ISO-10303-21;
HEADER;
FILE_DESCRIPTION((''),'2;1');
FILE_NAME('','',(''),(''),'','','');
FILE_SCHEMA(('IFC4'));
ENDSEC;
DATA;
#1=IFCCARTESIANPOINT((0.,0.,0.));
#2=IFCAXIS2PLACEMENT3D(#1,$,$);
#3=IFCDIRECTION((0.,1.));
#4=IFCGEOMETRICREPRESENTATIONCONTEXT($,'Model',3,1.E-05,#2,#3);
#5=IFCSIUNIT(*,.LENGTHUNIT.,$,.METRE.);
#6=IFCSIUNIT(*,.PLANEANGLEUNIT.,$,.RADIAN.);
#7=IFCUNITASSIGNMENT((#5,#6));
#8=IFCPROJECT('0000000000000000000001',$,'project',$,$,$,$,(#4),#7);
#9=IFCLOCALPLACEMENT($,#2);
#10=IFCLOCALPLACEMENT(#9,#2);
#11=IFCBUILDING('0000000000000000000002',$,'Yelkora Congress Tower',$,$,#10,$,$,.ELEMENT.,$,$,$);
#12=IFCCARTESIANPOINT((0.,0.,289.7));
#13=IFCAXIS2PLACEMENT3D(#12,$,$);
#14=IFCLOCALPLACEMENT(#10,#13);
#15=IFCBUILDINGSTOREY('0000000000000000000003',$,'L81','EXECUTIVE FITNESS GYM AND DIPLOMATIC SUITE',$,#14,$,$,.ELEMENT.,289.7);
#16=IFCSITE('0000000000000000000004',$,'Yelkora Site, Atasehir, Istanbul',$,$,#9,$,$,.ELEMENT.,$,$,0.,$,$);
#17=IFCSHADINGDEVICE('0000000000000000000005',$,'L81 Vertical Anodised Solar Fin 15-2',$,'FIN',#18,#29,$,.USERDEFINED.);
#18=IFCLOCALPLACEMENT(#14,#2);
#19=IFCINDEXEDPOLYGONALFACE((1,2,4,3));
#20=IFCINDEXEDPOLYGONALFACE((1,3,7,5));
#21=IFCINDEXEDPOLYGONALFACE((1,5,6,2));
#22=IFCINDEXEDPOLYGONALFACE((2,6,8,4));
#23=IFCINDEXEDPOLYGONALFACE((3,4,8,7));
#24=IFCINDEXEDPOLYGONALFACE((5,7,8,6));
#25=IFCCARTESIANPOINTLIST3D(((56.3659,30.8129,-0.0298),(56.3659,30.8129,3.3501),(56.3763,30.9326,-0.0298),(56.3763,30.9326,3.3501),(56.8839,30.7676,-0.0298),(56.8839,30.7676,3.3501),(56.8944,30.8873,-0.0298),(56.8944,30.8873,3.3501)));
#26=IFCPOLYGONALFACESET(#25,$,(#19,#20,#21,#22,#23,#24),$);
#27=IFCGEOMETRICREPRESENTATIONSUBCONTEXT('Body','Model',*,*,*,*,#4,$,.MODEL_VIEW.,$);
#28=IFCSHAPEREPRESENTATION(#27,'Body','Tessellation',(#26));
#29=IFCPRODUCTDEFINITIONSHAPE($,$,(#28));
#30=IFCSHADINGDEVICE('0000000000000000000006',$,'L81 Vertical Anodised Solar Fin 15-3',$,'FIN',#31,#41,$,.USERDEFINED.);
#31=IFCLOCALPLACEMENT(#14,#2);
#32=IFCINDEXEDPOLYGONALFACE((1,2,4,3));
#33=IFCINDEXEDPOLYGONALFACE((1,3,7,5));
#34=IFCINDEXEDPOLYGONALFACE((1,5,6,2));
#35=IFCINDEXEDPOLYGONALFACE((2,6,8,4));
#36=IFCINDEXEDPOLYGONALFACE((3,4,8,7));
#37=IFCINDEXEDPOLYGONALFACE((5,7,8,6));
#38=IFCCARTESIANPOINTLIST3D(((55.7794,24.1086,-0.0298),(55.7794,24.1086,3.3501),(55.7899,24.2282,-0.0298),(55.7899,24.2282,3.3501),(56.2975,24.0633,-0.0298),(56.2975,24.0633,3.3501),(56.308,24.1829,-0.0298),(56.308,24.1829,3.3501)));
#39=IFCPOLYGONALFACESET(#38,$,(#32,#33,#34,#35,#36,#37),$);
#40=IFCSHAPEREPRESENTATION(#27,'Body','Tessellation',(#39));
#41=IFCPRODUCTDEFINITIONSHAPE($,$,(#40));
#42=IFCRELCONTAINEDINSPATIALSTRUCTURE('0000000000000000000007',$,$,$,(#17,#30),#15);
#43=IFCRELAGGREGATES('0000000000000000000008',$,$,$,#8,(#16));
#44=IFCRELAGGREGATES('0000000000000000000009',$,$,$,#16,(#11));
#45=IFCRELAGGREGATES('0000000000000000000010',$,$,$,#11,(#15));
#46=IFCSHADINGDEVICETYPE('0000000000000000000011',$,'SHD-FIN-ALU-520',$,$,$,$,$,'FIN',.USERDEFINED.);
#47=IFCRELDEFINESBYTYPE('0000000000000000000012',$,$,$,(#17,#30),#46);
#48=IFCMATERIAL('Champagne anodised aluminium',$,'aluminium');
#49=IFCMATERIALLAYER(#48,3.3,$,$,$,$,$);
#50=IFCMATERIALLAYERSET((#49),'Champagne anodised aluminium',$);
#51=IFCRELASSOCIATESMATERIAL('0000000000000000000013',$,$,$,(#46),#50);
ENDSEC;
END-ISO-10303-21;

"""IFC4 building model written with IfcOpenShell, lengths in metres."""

from ifc_helpers import new_model, si_unit, direction, frame, origin, origin_2d, place, context, subcontext, project, spatial, rectangle, extrude, material, layer, layer_set, type_object, element, save


model = new_model("IFC4")

# Units and contexts
model_context = context("Model", 3, precision=1e-05, world=origin(), true_north=direction((0.0, 1.0)))
body_context = subcontext(model_context, "Body", "Model", "MODEL_VIEW")
ifc_project = project(units=[si_unit("LENGTHUNIT", "METRE"), si_unit("PLANEANGLEUNIT", "RADIAN")], contexts=[model_context])

# Site, building, storey
site_placement = place(None, origin())
site = spatial("IfcSite", under=ifc_project, at=site_placement, Name="Yelkora Site, Atasehir, Istanbul", CompositionType="ELEMENT", RefElevation=0.0)
building_placement = place(site_placement, origin())
building = spatial("IfcBuilding", under=site, at=building_placement, Name="Yelkora Congress Tower", CompositionType="ELEMENT")
storey_placement = place(building_placement, frame((0.0, 0.0, 289.7)))
storey = spatial("IfcBuildingStorey", under=building, at=storey_placement, Name="L81", Description="EXECUTIVE FITNESS GYM AND DIPLOMATIC SUITE", CompositionType="ELEMENT", Elevation=289.7)

# Shading devices
ifc_material_1 = material(Name="Champagne anodised aluminium", Category="aluminium")
ifc_layer_1 = layer(ifc_material_1, 3.3)
ifc_layer_set_1 = layer_set([ifc_layer_1], Name="Champagne anodised aluminium")
shading_device_type = type_object("IfcShadingDeviceType", Name="SHD-FIN-ALU-520", ElementType="FIN", PredefinedType="USERDEFINED", material=ifc_layer_set_1)
for number, where, z_axis, x_axis, name in (
    (1, (56.6301, 30.8501, -0.0298), (0.0, 0.0, 1.0), (-0.087156, -0.996195, 0.0), "L81 Vertical Anodised Solar Fin 15-2"),
    (2, (56.0437, 24.1458, -0.0298), (0.0, 0.0, 1.0), (-0.087156, -0.996195, 0.0), "L81 Vertical Anodised Solar Fin 15-3"),
):
    element("IfcShadingDevice", number, at=place(storey_placement, frame(where, z_axis=z_axis, x_axis=x_axis)), inside=storey, type_object=shading_device_type, Name=name, ObjectType="FIN", PredefinedType="USERDEFINED", context=body_context, shape_type="SweptSolid", body=[
        extrude(rectangle(XDim=0.1201, YDim=0.52, at=origin_2d()), origin(), (0.0, 0.0, 1.0), 3.3799),
    ])

save(model, "model.ifc")
